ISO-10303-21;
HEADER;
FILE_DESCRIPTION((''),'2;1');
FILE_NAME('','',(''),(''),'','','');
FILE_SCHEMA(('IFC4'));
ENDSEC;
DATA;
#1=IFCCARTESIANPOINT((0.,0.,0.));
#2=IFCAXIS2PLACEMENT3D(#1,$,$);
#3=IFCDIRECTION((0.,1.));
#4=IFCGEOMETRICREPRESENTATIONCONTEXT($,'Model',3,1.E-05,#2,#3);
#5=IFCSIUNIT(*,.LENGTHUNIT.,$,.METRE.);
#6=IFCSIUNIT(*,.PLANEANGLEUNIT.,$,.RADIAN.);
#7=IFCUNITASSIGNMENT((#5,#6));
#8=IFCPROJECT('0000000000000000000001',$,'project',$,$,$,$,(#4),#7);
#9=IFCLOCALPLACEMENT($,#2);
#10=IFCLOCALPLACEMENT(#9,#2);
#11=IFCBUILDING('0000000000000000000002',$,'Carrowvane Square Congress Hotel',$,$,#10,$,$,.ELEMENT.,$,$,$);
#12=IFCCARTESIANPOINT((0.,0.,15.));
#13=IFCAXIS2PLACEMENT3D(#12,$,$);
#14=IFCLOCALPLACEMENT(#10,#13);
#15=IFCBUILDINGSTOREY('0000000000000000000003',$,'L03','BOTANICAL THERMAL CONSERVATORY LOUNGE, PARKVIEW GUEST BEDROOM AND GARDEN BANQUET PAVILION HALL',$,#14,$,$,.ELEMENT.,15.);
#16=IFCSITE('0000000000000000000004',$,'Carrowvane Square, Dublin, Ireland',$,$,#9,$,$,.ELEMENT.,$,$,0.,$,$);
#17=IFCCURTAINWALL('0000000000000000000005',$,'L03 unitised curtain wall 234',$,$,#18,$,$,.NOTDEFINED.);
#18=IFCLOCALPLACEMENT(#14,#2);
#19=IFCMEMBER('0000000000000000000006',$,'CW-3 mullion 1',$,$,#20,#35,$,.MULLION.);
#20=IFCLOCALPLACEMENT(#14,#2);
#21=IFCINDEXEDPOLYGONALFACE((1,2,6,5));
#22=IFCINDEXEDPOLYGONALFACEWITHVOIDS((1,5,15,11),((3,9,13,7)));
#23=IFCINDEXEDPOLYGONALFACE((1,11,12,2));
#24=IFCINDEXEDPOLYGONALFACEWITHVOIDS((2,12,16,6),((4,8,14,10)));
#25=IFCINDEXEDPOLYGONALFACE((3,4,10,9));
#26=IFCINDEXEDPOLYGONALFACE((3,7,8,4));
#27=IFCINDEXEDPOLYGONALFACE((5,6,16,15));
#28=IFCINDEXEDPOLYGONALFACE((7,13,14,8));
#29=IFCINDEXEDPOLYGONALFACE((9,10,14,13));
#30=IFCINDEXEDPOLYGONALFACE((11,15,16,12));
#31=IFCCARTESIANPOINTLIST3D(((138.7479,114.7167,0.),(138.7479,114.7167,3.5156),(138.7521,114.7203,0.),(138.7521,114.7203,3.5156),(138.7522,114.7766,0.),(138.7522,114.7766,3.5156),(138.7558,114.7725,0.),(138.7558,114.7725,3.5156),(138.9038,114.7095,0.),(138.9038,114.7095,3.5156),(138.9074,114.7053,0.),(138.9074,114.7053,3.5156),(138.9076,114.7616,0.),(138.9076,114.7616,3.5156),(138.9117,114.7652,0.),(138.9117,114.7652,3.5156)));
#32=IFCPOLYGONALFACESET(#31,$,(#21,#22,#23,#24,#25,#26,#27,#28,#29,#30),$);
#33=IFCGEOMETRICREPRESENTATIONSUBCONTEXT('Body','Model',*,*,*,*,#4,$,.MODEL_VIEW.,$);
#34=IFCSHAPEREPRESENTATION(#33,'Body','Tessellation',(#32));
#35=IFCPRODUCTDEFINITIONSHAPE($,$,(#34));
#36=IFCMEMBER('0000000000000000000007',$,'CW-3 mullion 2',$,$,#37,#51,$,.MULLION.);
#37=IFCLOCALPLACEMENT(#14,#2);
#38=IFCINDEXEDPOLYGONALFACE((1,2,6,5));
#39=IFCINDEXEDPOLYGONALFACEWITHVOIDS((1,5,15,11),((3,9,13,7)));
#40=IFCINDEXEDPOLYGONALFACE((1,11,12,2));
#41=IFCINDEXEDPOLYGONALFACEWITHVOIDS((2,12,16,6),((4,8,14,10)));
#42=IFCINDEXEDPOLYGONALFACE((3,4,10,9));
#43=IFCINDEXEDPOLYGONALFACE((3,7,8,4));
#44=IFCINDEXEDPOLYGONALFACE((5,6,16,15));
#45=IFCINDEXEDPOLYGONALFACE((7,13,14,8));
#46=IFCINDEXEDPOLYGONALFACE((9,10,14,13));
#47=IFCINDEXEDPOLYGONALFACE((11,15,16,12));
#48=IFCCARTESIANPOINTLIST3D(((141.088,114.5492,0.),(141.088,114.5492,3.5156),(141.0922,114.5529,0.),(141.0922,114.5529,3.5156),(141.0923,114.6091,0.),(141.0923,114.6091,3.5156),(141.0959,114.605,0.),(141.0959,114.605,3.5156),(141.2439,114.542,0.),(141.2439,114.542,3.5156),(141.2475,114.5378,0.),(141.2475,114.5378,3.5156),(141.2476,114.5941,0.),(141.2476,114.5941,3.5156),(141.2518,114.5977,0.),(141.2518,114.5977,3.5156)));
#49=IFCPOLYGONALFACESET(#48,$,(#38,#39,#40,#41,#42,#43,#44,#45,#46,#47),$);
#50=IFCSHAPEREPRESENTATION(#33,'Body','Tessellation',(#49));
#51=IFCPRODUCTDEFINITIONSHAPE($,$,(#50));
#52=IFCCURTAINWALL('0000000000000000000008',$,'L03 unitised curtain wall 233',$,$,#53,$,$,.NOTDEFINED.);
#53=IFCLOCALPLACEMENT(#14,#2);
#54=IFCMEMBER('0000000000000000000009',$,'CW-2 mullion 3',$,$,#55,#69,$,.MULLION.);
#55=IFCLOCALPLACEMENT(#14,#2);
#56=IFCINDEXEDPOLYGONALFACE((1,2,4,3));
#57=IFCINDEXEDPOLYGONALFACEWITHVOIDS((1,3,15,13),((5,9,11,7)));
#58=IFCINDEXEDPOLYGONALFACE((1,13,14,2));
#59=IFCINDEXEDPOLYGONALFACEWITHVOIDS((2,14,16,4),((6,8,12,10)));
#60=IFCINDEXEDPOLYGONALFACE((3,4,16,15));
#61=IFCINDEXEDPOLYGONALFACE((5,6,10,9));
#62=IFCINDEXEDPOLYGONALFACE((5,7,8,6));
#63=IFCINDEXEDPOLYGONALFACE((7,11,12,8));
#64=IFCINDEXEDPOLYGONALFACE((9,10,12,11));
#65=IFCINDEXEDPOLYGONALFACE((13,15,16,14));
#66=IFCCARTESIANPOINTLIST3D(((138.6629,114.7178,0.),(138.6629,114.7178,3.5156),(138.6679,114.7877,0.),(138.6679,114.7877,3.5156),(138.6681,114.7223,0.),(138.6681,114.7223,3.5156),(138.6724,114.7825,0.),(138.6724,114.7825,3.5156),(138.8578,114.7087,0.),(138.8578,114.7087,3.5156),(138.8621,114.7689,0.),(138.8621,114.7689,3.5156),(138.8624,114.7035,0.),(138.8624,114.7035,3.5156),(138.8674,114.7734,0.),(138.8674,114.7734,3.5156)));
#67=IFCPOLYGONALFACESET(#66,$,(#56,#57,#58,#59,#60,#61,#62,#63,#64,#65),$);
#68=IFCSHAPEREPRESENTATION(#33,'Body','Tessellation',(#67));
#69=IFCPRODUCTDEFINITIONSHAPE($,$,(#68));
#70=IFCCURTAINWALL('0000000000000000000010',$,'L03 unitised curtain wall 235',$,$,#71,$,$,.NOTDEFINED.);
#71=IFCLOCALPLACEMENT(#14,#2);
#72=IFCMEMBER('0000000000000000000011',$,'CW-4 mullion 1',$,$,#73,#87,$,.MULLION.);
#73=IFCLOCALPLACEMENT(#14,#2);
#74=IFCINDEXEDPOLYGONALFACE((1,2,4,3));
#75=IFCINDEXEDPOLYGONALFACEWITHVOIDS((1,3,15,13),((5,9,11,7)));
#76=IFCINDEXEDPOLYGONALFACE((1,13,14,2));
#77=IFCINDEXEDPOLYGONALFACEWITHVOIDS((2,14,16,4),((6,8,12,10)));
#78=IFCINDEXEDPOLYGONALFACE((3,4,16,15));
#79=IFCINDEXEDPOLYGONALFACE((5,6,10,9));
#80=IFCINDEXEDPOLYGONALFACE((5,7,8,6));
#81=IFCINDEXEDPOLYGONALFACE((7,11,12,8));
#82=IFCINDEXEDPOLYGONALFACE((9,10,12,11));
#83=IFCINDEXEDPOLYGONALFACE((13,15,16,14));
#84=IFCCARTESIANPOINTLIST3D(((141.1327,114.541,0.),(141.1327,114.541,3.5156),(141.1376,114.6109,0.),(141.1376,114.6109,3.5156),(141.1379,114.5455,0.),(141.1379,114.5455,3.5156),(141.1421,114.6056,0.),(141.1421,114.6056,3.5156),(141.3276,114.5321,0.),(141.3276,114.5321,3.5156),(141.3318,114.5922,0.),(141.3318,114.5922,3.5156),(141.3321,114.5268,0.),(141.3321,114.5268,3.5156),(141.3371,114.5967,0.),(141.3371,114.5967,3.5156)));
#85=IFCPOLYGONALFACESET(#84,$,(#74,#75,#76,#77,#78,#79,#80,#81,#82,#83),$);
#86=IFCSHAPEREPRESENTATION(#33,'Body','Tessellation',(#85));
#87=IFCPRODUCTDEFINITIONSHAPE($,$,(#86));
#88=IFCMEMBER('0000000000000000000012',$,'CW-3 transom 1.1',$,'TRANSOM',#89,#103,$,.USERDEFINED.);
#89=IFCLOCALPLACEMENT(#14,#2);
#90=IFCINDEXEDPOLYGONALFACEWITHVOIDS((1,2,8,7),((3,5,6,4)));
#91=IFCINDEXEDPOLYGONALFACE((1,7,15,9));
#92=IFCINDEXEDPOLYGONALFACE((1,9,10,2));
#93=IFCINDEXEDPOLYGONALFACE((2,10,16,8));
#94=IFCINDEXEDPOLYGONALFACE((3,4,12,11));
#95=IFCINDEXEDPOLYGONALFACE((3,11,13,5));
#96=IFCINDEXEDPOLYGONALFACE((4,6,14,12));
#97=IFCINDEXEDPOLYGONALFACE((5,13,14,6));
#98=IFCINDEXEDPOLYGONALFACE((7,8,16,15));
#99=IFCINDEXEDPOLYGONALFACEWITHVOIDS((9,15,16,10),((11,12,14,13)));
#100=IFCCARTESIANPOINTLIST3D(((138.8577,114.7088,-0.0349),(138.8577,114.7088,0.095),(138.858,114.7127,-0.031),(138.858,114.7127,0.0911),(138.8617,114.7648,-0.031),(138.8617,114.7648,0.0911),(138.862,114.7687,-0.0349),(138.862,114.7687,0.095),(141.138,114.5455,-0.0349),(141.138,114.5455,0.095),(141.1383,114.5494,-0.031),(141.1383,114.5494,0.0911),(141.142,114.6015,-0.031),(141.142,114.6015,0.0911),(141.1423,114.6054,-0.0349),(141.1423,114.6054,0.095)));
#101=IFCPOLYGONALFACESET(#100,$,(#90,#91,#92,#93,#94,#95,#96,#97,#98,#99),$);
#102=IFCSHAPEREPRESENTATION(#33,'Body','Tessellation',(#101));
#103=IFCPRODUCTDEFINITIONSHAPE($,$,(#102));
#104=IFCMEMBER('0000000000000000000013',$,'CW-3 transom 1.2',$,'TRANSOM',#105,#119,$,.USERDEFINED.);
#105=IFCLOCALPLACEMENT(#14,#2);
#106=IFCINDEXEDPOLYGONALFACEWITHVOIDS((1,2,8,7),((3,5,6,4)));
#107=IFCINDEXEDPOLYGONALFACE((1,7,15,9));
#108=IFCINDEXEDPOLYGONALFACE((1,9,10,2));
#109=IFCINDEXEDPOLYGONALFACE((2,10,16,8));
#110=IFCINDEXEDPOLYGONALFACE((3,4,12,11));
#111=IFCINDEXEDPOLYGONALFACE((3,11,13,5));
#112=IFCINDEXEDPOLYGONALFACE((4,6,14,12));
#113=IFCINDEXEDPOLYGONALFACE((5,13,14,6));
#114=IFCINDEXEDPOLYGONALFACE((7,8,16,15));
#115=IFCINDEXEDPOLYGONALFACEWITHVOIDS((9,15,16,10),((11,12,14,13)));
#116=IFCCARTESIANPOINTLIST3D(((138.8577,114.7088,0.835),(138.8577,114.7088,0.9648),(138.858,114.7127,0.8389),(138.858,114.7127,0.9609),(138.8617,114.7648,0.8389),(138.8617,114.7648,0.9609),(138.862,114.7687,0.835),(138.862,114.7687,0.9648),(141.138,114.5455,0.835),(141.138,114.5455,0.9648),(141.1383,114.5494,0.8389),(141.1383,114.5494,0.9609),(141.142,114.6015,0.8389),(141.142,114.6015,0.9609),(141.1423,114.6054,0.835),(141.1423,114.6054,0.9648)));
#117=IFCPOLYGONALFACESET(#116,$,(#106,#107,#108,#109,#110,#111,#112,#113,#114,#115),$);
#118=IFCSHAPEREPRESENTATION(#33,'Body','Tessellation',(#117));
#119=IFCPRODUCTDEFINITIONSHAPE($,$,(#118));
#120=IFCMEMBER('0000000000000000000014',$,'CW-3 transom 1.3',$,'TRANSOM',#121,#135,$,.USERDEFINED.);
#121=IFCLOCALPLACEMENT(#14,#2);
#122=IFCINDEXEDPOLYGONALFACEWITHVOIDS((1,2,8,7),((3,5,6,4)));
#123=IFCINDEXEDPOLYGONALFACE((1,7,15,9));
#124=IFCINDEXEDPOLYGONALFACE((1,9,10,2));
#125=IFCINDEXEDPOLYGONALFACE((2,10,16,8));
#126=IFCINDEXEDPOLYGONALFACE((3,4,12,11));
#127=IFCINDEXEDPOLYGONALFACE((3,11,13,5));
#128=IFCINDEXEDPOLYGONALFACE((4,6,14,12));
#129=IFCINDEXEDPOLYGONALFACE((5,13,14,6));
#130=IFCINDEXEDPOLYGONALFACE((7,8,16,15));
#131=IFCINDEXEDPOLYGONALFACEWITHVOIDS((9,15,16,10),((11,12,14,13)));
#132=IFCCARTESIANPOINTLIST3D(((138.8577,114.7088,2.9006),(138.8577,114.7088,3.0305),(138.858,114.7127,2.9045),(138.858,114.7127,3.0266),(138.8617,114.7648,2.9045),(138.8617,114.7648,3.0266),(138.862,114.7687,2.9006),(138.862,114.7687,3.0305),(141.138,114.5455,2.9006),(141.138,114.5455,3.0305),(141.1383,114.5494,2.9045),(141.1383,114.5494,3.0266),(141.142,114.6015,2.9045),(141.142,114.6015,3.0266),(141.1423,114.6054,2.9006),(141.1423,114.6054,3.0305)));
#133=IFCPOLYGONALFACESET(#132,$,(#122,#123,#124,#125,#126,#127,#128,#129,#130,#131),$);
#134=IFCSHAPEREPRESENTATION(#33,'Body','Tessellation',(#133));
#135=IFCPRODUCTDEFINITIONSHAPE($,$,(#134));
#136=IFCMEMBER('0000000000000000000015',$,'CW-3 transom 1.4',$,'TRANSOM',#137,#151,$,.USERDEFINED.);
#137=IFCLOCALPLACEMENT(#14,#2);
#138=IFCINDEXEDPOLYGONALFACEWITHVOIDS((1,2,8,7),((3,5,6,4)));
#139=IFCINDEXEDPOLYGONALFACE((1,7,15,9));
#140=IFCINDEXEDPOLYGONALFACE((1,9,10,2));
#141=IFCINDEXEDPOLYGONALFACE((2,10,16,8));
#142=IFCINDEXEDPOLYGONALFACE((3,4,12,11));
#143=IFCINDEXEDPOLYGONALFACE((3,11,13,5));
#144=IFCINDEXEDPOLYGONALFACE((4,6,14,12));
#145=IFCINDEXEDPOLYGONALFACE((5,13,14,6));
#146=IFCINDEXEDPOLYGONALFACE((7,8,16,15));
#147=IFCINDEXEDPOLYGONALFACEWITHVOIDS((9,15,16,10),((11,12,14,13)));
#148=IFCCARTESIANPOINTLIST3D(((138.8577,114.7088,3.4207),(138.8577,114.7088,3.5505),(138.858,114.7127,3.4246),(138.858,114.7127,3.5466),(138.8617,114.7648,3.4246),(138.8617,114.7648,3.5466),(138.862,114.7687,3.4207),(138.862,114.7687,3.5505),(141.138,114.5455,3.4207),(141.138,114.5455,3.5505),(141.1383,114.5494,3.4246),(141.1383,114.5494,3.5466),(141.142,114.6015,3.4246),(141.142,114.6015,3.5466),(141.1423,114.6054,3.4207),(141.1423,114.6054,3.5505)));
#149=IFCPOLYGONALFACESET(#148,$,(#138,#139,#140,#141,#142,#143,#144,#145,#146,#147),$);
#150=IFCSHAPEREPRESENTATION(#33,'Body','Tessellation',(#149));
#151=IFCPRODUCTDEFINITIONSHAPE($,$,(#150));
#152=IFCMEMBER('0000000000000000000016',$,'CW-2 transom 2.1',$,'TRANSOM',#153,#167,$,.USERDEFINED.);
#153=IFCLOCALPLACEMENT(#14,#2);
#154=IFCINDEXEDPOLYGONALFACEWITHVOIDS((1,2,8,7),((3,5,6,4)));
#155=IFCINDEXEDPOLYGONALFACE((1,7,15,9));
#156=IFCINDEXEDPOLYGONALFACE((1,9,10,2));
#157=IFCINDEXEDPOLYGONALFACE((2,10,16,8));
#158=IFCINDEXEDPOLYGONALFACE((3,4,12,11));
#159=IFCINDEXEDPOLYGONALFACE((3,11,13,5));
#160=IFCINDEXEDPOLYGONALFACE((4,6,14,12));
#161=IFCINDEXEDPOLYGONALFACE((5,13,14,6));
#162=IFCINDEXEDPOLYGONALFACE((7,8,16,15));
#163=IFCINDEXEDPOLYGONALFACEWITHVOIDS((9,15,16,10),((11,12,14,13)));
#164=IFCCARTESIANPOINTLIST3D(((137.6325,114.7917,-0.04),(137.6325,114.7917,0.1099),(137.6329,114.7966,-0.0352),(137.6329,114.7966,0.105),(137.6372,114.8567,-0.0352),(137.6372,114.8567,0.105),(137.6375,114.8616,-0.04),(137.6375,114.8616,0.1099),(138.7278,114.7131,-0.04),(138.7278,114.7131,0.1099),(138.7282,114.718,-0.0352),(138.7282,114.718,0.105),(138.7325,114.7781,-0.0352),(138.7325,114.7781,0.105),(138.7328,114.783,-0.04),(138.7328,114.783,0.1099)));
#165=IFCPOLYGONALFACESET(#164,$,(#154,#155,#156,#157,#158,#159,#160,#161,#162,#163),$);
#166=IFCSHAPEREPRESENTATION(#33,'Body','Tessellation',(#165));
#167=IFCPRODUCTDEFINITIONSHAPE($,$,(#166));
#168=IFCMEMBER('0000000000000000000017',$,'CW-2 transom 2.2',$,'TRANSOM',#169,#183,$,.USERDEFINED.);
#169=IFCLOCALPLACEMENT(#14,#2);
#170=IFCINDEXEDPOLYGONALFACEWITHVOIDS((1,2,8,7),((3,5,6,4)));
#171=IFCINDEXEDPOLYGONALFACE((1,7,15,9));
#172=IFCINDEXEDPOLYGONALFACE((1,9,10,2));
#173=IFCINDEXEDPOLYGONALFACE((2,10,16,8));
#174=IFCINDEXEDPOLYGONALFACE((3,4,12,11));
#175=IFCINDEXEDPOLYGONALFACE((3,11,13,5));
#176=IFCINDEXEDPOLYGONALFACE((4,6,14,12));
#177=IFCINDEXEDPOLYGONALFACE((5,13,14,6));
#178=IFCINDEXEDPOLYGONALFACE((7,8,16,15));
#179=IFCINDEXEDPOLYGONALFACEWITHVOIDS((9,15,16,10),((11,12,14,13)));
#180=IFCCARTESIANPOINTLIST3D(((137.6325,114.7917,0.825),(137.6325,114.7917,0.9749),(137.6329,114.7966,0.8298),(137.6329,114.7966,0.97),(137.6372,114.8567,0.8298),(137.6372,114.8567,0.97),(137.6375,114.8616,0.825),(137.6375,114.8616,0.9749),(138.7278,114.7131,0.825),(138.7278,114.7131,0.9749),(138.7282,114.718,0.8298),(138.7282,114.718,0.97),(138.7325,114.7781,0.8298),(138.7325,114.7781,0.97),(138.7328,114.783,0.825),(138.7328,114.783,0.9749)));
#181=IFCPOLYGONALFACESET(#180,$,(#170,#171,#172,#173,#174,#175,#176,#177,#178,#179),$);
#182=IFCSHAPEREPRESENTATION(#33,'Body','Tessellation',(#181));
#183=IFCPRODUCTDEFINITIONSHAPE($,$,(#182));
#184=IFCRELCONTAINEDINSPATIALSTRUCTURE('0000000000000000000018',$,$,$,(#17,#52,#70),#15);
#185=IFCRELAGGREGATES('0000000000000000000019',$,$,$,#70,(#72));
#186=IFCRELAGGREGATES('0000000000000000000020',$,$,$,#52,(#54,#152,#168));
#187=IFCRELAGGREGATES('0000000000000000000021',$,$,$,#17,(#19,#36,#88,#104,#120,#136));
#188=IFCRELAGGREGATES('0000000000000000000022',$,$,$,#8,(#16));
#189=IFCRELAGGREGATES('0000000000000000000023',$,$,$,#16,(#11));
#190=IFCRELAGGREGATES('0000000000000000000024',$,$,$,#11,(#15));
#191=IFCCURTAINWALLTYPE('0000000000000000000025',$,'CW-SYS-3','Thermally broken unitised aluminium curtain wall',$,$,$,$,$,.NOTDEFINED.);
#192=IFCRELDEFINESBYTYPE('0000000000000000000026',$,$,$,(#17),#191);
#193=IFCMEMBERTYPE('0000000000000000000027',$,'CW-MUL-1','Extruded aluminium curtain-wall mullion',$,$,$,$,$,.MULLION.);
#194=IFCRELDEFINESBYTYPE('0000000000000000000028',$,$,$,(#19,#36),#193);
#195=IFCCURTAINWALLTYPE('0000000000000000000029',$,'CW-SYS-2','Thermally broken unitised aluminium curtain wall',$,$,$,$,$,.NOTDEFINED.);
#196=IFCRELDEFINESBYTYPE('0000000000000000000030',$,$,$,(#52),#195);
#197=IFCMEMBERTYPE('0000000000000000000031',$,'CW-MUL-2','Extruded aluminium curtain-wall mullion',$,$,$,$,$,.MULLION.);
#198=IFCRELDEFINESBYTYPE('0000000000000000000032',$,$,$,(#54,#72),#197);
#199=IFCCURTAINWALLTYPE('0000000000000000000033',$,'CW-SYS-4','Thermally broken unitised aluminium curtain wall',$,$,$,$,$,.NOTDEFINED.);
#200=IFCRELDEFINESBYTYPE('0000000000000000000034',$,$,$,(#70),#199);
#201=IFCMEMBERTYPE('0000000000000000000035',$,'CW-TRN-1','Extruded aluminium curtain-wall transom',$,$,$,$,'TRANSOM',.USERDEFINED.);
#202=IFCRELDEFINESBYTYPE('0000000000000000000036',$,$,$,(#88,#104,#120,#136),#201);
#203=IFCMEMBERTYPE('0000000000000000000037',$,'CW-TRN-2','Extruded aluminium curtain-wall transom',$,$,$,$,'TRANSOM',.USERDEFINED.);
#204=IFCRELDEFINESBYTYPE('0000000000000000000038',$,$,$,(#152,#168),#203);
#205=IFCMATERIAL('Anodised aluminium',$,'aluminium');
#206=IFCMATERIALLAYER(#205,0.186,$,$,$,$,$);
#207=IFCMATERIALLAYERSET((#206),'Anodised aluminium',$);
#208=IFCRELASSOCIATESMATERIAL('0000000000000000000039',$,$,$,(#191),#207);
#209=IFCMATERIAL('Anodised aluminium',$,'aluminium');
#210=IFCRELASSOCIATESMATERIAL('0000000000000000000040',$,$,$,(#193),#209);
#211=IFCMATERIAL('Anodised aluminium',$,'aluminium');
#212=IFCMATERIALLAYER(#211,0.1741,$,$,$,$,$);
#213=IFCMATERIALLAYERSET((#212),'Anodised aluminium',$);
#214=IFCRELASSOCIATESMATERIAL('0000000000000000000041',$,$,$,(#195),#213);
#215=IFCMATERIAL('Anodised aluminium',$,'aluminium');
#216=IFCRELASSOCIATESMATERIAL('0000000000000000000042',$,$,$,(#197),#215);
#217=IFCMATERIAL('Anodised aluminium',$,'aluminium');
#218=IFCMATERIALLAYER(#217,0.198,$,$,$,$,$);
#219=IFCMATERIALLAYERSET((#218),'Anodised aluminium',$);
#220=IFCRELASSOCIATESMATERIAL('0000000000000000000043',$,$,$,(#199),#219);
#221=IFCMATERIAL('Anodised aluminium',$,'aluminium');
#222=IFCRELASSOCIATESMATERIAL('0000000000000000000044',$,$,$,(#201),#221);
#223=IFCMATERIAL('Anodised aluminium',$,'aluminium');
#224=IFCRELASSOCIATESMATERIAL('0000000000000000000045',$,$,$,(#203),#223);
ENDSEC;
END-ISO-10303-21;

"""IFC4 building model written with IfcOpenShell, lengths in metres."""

from ifc_helpers import new_model, si_unit, direction, frame, origin, origin_2d, place, context, subcontext, project, spatial, hollow_rectangle, extrude, material, layer, layer_set, material_profile, profile_set, type_object, element, aggregate, save


model = new_model("IFC4")

# Units and contexts
model_context = context("Model", 3, precision=1e-05, world=origin(), true_north=direction((0.0, 1.0)))
body_context = subcontext(model_context, "Body", "Model", "MODEL_VIEW")
ifc_project = project(units=[si_unit("LENGTHUNIT", "METRE"), si_unit("PLANEANGLEUNIT", "RADIAN")], contexts=[model_context])

# Site, building, storey
site_placement = place(None, origin())
site = spatial("IfcSite", under=ifc_project, at=site_placement, Name="Carrowvane Square, Dublin, Ireland", CompositionType="ELEMENT", RefElevation=0.0)
building_placement = place(site_placement, origin())
building = spatial("IfcBuilding", under=site, at=building_placement, Name="Carrowvane Square Congress Hotel", CompositionType="ELEMENT")
storey_placement = place(building_placement, frame((0.0, 0.0, 15.0)))
storey = spatial("IfcBuildingStorey", under=building, at=storey_placement, Name="L03", Description="BOTANICAL THERMAL CONSERVATORY LOUNGE, PARKVIEW GUEST BEDROOM AND GARDEN BANQUET PAVILION HALL", CompositionType="ELEMENT", Elevation=15.0)

# Curtain wall, members
ifc_material_1 = material(Name="Anodised aluminium", Category="aluminium")
ifc_layer_1 = layer(ifc_material_1, 0.186)
ifc_layer_set_1 = layer_set([ifc_layer_1], Name="Anodised aluminium")
curtain_wall_type_1 = type_object("IfcCurtainWallType", Name="CW-SYS-3", Description="Thermally broken unitised aluminium curtain wall", PredefinedType="NOTDEFINED", material=ifc_layer_set_1)
curtain_wall_1_placement = place(storey_placement, origin())
curtain_wall_1 = element("IfcCurtainWall", 1, at=curtain_wall_1_placement, inside=storey, type_object=curtain_wall_type_1, Name="L03 unitised curtain wall 234", PredefinedType="NOTDEFINED")
ifc_material_2 = material(Name="Anodised aluminium", Category="aluminium")
ifc_material_profile_1 = material_profile(ifc_material_2, hollow_rectangle(XDim=0.0601, YDim=0.1599, WallThickness=0.0039, at=origin_2d()), Name="CW-ML 60x160x4")
ifc_profile_set_1 = profile_set([ifc_material_profile_1], Name="Anodised aluminium")
member_type_1 = type_object("IfcMemberType", Name="CW-MUL-1", Description="Extruded aluminium curtain-wall mullion", PredefinedType="MULLION", material=ifc_profile_set_1)
member_1_placement = place(storey_placement, frame((138.8298, 114.741, 0.0), z_axis=(0.0, 0.0, 1.0), x_axis=(0.071422, 0.997446, 0.0)))
member_1 = element("IfcMember", 2, at=member_1_placement, type_object=member_type_1, Name="CW-3 mullion 1", PredefinedType="MULLION", context=body_context, shape_type="SweptSolid", body=[
    extrude(hollow_rectangle(XDim=0.0601, YDim=0.1599, WallThickness=0.0039, at=origin_2d()), origin(), (0.0, 0.0, 1.0), 3.5156),
])
member_2_placement = place(storey_placement, frame((141.1699, 114.5735, 0.0), z_axis=(0.0, 0.0, 1.0), x_axis=(0.071422, 0.997446, 0.0)))
member_2 = element("IfcMember", 3, at=member_2_placement, type_object=member_type_1, Name="CW-3 mullion 2", PredefinedType="MULLION", context=body_context, shape_type="SweptSolid", body=[
    extrude(hollow_rectangle(XDim=0.0601, YDim=0.1599, WallThickness=0.0039, at=origin_2d()), origin(), (0.0, 0.0, 1.0), 3.5156),
])

# Curtain walls, members
ifc_material_3 = material(Name="Anodised aluminium", Category="aluminium")
ifc_layer_2 = layer(ifc_material_3, 0.1741)
ifc_layer_set_2 = layer_set([ifc_layer_2], Name="Anodised aluminium")
curtain_wall_type_2 = type_object("IfcCurtainWallType", Name="CW-SYS-2", Description="Thermally broken unitised aluminium curtain wall", PredefinedType="NOTDEFINED", material=ifc_layer_set_2)
curtain_wall_2_placement = place(storey_placement, origin())
curtain_wall_2 = element("IfcCurtainWall", 4, at=curtain_wall_2_placement, inside=storey, type_object=curtain_wall_type_2, Name="L03 unitised curtain wall 233", PredefinedType="NOTDEFINED")
ifc_material_4 = material(Name="Anodised aluminium", Category="aluminium")
ifc_material_profile_2 = material_profile(ifc_material_4, hollow_rectangle(XDim=0.0701, YDim=0.2, WallThickness=0.0049, at=origin_2d()), Name="CW-ML 70x200x5")
ifc_profile_set_2 = profile_set([ifc_material_profile_2], Name="Anodised aluminium")
member_type_2 = type_object("IfcMemberType", Name="CW-MUL-2", Description="Extruded aluminium curtain-wall mullion", PredefinedType="MULLION", material=ifc_profile_set_2)
member_3_placement = place(storey_placement, frame((138.7651, 114.7456, 0.0), z_axis=(0.0, 0.0, 1.0), x_axis=(0.071532, 0.997438, 0.0)))
member_3 = element("IfcMember", 5, at=member_3_placement, type_object=member_type_2, Name="CW-2 mullion 3", PredefinedType="MULLION", context=body_context, shape_type="SweptSolid", body=[
    extrude(hollow_rectangle(XDim=0.0701, YDim=0.2, WallThickness=0.0049, at=origin_2d()), origin(), (0.0, 0.0, 1.0), 3.5156),
])
ifc_material_5 = material(Name="Anodised aluminium", Category="aluminium")
ifc_layer_3 = layer(ifc_material_5, 0.198)
ifc_layer_set_3 = layer_set([ifc_layer_3], Name="Anodised aluminium")
curtain_wall_type_3 = type_object("IfcCurtainWallType", Name="CW-SYS-4", Description="Thermally broken unitised aluminium curtain wall", PredefinedType="NOTDEFINED", material=ifc_layer_set_3)
curtain_wall_3_placement = place(storey_placement, origin())
curtain_wall_3 = element("IfcCurtainWall", 6, at=curtain_wall_3_placement, inside=storey, type_object=curtain_wall_type_3, Name="L03 unitised curtain wall 235", PredefinedType="NOTDEFINED")
member_4_placement = place(storey_placement, frame((141.2349, 114.5688, 0.0), z_axis=(0.0, 0.0, 1.0), x_axis=(0.070586, 0.997506, 0.0)))
member_4 = element("IfcMember", 7, at=member_4_placement, type_object=member_type_2, Name="CW-4 mullion 1", PredefinedType="MULLION", context=body_context, shape_type="SweptSolid", body=[
    extrude(hollow_rectangle(XDim=0.0701, YDim=0.2, WallThickness=0.0049, at=origin_2d()), origin(), (0.0, 0.0, 1.0), 3.5156),
])

# Members
ifc_material_6 = material(Name="Anodised aluminium", Category="aluminium")
ifc_material_profile_3 = material_profile(ifc_material_6, hollow_rectangle(XDim=0.0601, YDim=0.1299, WallThickness=0.0039, at=origin_2d()), Name="CW-TR 60x130x4")
ifc_profile_set_3 = profile_set([ifc_material_profile_3], Name="Anodised aluminium")
member_type_3 = type_object("IfcMemberType", Name="CW-TRN-1", Description="Extruded aluminium curtain-wall transom", ElementType="TRANSOM", PredefinedType="USERDEFINED", material=ifc_profile_set_3)
member_5_placement = place(storey_placement, frame((138.8599, 114.7388, 0.03), z_axis=(0.997445, -0.071444, 0.0), x_axis=(0.071444, 0.997445, 0.0)))
member_5 = element("IfcMember", 8, at=member_5_placement, type_object=member_type_3, Name="CW-3 transom 1.1", ObjectType="TRANSOM", PredefinedType="USERDEFINED", context=body_context, shape_type="SweptSolid", body=[
    extrude(hollow_rectangle(XDim=0.0601, YDim=0.1299, WallThickness=0.0039, at=origin_2d()), origin(), (0.0, 0.0, 1.0), 2.2861),
])
member_6_placement = place(storey_placement, frame((138.8599, 114.7388, 0.8999), z_axis=(0.997445, -0.071444, 0.0), x_axis=(0.071444, 0.997445, 0.0)))
member_6 = element("IfcMember", 9, at=member_6_placement, type_object=member_type_3, Name="CW-3 transom 1.2", ObjectType="TRANSOM", PredefinedType="USERDEFINED", context=body_context, shape_type="SweptSolid", body=[
    extrude(hollow_rectangle(XDim=0.0601, YDim=0.1299, WallThickness=0.0039, at=origin_2d()), origin(), (0.0, 0.0, 1.0), 2.2861),
])
member_7_placement = place(storey_placement, frame((138.8599, 114.7388, 2.9656), z_axis=(0.997445, -0.071444, 0.0), x_axis=(0.071444, 0.997445, 0.0)))
member_7 = element("IfcMember", 10, at=member_7_placement, type_object=member_type_3, Name="CW-3 transom 1.3", ObjectType="TRANSOM", PredefinedType="USERDEFINED", context=body_context, shape_type="SweptSolid", body=[
    extrude(hollow_rectangle(XDim=0.0601, YDim=0.1299, WallThickness=0.0039, at=origin_2d()), origin(), (0.0, 0.0, 1.0), 2.2861),
])
member_8_placement = place(storey_placement, frame((138.8599, 114.7388, 3.4856), z_axis=(0.997445, -0.071444, 0.0), x_axis=(0.071444, 0.997445, 0.0)))
member_8 = element("IfcMember", 11, at=member_8_placement, type_object=member_type_3, Name="CW-3 transom 1.4", ObjectType="TRANSOM", PredefinedType="USERDEFINED", context=body_context, shape_type="SweptSolid", body=[
    extrude(hollow_rectangle(XDim=0.0601, YDim=0.1299, WallThickness=0.0039, at=origin_2d()), origin(), (0.0, 0.0, 1.0), 2.2861),
])
ifc_material_7 = material(Name="Anodised aluminium", Category="aluminium")
ifc_material_profile_4 = material_profile(ifc_material_7, hollow_rectangle(XDim=0.0701, YDim=0.1499, WallThickness=0.0049, at=origin_2d()), Name="CW-TR 70x150x5")
ifc_profile_set_4 = profile_set([ifc_material_profile_4], Name="Anodised aluminium")
member_type_4 = type_object("IfcMemberType", Name="CW-TRN-2", Description="Extruded aluminium curtain-wall transom", ElementType="TRANSOM", PredefinedType="USERDEFINED", material=ifc_profile_set_4)
member_9_placement = place(storey_placement, frame((137.635, 114.8267, 0.0349), z_axis=(0.997434, -0.071595, 0.0), x_axis=(0.071595, 0.997434, 0.0)))
member_9 = element("IfcMember", 12, at=member_9_placement, type_object=member_type_4, Name="CW-2 transom 2.1", ObjectType="TRANSOM", PredefinedType="USERDEFINED", context=body_context, shape_type="SweptSolid", body=[
    extrude(hollow_rectangle(XDim=0.0701, YDim=0.1499, WallThickness=0.0049, at=origin_2d()), origin(), (0.0, 0.0, 1.0), 1.0981),
])
member_10_placement = place(storey_placement, frame((137.635, 114.8267, 0.8999), z_axis=(0.997434, -0.071595, 0.0), x_axis=(0.071595, 0.997434, 0.0)))
member_10 = element("IfcMember", 13, at=member_10_placement, type_object=member_type_4, Name="CW-2 transom 2.2", ObjectType="TRANSOM", PredefinedType="USERDEFINED", context=body_context, shape_type="SweptSolid", body=[
    extrude(hollow_rectangle(XDim=0.0701, YDim=0.1499, WallThickness=0.0049, at=origin_2d()), origin(), (0.0, 0.0, 1.0), 1.0981),
])
aggregate(curtain_wall_3, [member_4])

aggregate(curtain_wall_2, [member_3, member_9, member_10])
aggregate(curtain_wall_1, [member_1, member_2, member_5, member_6, member_7, member_8])

save(model, "model.ifc")
